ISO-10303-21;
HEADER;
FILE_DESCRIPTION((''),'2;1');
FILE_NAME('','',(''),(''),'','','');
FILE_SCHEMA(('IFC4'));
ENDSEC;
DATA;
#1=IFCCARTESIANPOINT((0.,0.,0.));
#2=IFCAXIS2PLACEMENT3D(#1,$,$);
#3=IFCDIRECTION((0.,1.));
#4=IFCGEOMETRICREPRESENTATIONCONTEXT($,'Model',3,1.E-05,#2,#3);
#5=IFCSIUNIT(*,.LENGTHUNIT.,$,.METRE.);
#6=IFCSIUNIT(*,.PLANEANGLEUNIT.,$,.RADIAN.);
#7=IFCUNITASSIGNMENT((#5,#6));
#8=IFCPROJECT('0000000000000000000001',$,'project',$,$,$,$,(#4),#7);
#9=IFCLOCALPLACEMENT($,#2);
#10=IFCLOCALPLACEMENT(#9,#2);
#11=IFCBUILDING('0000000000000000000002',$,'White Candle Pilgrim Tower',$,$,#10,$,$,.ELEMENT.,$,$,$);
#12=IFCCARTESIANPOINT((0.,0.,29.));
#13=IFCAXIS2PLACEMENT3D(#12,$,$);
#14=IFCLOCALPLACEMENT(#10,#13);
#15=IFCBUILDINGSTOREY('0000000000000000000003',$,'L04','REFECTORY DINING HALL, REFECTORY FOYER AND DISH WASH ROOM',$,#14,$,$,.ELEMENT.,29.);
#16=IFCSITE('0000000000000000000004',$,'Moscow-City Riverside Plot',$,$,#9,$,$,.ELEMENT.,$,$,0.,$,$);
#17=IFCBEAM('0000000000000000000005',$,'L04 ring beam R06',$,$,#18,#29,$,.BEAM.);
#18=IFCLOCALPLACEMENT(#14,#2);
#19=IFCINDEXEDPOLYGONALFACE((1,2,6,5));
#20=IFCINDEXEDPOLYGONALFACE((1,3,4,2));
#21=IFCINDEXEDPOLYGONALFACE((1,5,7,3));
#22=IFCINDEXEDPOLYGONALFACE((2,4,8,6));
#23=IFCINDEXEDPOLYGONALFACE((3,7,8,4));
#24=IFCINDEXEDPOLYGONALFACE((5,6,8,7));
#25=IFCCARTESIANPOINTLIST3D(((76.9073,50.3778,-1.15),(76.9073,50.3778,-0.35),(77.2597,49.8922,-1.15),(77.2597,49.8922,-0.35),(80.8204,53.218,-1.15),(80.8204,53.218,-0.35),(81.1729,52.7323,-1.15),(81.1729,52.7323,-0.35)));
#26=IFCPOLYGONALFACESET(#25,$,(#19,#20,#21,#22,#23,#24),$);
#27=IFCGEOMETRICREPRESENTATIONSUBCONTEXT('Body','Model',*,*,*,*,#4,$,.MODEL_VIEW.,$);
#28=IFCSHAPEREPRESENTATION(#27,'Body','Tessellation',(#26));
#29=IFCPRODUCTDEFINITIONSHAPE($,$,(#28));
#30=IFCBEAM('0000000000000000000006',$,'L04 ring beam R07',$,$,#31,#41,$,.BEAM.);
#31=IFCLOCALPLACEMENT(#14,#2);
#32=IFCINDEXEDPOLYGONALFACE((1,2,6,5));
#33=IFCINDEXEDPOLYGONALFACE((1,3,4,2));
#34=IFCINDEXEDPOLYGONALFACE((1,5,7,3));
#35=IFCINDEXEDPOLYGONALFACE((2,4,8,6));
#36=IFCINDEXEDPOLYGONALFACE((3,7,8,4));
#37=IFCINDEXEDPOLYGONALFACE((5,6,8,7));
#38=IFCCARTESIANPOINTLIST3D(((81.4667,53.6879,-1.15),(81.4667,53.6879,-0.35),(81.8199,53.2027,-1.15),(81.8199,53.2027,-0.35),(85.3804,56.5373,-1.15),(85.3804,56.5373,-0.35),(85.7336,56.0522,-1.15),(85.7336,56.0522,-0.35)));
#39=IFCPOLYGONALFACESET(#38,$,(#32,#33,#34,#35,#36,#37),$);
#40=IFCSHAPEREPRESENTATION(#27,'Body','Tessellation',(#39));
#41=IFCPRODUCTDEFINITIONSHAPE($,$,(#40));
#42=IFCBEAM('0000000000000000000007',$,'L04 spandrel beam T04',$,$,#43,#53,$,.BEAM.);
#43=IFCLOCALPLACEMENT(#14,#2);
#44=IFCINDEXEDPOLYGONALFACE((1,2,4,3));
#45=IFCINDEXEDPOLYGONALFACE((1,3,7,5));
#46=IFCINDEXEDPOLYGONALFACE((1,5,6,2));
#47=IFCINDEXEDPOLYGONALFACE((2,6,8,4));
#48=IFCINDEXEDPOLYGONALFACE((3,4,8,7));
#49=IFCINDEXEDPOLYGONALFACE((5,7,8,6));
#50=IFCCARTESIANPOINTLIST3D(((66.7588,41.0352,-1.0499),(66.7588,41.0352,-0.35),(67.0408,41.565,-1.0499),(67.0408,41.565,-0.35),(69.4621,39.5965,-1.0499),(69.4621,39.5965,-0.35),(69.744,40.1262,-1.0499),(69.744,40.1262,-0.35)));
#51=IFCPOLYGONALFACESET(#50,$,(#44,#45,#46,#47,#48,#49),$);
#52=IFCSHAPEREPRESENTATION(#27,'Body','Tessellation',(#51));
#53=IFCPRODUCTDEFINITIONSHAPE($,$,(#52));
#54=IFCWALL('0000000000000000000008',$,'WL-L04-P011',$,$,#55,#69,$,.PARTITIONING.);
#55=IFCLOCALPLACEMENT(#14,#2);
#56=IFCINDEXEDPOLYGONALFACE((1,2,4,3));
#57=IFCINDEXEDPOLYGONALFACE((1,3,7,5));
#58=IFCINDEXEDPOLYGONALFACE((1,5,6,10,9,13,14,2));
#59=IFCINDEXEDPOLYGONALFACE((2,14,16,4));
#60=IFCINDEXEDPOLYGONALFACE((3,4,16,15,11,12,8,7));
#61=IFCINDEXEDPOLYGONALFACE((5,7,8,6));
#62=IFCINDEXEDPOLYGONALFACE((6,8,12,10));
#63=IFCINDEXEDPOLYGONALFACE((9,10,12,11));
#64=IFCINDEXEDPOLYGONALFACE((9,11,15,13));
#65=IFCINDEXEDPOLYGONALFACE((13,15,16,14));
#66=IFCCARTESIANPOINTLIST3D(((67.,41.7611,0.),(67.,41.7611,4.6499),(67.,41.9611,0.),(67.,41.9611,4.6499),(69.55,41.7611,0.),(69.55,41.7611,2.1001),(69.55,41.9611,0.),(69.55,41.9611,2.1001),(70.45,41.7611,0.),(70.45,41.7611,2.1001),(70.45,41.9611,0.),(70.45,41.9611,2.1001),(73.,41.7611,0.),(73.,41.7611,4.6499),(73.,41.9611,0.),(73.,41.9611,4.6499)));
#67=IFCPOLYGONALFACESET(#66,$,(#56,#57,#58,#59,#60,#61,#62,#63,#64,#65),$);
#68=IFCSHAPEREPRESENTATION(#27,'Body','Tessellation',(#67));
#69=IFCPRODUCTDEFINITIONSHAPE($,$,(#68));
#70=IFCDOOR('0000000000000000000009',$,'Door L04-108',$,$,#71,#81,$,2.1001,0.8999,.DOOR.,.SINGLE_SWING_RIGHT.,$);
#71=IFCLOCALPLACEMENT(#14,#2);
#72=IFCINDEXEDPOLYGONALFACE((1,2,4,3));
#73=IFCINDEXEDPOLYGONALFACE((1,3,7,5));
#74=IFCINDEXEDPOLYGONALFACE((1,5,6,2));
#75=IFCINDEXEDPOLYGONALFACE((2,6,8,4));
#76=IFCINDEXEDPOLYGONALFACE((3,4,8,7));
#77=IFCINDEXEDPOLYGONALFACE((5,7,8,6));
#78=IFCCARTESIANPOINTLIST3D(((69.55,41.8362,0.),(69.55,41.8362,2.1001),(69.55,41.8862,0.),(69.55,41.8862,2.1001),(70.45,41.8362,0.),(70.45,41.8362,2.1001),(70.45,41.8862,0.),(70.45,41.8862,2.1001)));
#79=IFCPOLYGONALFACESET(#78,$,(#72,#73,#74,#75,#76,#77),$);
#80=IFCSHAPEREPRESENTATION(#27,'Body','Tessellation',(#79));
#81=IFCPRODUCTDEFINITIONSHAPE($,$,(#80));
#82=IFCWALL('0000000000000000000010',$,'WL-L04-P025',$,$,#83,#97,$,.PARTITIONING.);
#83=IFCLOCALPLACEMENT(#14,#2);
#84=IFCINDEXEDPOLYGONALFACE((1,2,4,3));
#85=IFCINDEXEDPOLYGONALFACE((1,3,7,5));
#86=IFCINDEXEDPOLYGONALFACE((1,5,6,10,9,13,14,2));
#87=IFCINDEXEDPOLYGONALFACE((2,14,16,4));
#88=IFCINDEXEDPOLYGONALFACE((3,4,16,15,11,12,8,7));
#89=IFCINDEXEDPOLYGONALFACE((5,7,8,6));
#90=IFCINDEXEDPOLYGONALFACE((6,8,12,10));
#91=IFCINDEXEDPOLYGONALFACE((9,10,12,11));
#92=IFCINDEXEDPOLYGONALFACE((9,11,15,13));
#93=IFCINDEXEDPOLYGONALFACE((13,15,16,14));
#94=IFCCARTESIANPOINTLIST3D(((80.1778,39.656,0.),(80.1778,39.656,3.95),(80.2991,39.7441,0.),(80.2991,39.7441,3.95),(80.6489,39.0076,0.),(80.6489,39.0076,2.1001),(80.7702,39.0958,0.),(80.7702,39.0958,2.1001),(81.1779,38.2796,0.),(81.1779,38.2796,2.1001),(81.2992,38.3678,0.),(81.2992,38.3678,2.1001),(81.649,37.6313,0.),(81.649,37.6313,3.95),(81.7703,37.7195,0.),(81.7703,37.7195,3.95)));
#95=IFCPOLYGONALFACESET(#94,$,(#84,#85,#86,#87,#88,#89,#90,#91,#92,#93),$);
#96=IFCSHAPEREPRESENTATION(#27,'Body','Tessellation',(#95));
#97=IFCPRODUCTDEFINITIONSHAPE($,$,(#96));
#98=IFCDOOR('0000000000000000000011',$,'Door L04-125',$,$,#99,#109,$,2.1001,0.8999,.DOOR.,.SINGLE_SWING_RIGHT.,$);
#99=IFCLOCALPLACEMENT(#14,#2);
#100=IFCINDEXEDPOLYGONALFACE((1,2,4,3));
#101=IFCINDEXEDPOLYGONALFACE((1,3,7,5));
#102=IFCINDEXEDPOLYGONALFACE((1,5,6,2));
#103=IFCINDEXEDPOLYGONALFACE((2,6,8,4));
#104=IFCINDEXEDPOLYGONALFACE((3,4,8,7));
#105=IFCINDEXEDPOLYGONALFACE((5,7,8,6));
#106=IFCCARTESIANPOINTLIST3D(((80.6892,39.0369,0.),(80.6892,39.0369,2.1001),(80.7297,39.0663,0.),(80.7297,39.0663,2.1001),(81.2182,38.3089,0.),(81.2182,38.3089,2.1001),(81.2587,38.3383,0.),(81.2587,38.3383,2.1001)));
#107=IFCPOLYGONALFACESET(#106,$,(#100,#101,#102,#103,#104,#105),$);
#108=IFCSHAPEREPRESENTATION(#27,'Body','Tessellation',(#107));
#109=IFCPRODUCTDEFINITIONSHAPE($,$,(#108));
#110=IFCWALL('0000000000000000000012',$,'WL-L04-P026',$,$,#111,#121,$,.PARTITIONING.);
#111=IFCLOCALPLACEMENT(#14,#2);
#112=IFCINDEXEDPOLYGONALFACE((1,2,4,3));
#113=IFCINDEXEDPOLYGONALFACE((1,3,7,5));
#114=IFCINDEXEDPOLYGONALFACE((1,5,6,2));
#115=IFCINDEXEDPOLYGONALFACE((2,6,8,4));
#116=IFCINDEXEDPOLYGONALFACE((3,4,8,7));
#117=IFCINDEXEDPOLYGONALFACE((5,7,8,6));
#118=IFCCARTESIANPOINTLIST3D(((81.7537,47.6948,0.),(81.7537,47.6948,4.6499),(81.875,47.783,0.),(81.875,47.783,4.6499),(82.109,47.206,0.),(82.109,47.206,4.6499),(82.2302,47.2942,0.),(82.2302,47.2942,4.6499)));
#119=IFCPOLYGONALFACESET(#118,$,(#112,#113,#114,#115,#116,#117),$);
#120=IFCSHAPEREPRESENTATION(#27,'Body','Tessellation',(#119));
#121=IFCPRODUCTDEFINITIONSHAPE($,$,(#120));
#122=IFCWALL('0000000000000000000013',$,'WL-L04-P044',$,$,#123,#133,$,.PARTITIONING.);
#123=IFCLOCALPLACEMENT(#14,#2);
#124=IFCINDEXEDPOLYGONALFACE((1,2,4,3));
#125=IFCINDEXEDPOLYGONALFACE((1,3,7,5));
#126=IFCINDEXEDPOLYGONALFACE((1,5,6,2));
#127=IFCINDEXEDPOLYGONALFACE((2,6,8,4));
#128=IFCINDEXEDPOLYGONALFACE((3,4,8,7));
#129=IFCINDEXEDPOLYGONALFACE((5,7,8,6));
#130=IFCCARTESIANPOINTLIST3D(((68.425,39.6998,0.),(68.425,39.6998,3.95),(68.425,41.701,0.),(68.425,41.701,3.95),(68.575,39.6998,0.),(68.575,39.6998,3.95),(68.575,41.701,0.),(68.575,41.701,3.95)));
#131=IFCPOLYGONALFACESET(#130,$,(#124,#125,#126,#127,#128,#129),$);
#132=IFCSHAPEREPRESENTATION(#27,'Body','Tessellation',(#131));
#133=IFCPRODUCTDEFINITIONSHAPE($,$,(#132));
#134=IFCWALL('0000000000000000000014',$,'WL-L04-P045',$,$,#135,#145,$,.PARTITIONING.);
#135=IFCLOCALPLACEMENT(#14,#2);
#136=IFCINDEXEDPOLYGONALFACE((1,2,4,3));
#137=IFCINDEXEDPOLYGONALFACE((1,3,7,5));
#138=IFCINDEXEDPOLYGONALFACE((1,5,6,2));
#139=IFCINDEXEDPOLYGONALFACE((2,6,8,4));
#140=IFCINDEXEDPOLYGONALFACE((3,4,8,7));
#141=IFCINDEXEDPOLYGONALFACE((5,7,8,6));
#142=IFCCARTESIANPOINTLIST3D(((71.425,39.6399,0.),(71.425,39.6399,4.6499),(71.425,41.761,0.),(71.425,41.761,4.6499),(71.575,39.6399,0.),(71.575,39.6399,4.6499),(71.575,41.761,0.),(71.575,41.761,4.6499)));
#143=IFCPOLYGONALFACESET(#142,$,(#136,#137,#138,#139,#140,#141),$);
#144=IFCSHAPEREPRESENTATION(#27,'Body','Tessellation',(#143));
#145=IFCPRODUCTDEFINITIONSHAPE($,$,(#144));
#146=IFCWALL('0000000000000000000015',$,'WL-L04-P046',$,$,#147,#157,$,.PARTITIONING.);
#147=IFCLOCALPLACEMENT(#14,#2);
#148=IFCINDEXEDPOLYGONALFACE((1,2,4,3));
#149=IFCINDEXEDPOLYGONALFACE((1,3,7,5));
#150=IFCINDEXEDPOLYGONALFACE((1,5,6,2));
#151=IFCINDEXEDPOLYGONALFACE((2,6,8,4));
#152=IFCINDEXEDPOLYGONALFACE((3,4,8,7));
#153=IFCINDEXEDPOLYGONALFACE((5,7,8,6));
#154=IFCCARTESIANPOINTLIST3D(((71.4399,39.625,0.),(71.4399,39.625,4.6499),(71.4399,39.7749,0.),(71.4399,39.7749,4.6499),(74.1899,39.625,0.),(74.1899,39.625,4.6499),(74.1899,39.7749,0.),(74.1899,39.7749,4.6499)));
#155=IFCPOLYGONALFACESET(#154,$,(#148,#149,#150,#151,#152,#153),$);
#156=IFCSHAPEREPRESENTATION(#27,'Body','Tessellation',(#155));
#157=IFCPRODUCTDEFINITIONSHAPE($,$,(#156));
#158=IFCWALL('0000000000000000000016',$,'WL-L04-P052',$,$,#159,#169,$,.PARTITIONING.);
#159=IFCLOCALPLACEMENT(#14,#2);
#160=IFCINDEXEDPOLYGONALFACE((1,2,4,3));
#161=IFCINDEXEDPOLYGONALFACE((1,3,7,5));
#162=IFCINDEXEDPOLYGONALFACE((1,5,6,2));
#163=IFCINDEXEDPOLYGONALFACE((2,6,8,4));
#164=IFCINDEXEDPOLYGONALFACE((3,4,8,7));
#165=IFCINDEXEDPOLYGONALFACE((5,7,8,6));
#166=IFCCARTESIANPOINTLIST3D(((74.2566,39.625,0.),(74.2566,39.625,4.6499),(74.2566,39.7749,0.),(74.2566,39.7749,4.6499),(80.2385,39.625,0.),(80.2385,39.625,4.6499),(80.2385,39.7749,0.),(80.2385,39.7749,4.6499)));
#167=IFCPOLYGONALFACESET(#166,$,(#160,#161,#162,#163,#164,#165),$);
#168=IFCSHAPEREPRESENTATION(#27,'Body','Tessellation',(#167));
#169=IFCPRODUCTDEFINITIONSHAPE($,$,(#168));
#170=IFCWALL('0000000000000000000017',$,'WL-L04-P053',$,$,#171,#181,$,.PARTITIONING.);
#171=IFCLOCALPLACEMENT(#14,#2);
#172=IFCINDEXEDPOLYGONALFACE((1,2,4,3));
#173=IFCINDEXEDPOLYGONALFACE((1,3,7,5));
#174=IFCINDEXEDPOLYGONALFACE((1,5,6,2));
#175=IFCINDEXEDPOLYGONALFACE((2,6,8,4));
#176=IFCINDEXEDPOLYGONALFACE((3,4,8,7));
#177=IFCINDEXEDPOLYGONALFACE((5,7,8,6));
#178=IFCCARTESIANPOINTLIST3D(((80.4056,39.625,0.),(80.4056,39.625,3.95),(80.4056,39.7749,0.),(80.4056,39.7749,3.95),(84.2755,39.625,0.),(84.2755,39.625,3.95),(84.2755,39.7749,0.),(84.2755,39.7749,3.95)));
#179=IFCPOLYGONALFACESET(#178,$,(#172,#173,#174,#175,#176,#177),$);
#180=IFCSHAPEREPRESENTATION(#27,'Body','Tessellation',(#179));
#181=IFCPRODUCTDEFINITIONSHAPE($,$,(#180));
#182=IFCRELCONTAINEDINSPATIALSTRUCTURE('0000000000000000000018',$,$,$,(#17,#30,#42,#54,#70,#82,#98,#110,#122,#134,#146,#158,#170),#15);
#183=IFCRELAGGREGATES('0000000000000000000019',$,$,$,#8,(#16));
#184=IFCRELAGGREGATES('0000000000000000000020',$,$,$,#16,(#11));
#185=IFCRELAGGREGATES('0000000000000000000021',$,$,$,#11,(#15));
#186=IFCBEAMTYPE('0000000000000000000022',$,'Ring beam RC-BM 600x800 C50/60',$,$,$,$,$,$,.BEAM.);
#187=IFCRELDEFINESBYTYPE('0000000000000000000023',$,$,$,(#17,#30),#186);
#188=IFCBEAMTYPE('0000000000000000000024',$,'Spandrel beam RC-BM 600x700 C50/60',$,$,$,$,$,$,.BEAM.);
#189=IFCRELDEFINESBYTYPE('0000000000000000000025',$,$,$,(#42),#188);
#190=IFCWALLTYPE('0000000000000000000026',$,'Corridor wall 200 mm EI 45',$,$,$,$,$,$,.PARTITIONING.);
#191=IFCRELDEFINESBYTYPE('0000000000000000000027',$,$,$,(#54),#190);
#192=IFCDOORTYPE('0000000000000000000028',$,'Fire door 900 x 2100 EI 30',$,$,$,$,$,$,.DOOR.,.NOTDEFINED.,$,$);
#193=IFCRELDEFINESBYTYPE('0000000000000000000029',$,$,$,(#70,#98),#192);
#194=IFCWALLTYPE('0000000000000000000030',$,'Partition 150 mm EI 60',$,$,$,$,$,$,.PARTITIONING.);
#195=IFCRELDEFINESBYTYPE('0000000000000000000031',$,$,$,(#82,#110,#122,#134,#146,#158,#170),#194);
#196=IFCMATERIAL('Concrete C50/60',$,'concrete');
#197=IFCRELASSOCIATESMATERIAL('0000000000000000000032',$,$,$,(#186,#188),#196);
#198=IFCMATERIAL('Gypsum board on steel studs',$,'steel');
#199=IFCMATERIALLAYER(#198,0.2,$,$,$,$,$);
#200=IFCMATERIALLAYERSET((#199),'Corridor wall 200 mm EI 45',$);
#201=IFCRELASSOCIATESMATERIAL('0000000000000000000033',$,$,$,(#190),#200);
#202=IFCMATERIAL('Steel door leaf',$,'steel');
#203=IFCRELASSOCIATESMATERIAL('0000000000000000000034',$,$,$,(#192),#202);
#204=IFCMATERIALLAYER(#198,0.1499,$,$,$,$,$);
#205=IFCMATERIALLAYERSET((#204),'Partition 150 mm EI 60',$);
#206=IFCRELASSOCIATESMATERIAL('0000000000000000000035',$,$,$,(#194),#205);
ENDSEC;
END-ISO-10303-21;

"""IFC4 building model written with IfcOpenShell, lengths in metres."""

from ifc_helpers import new_model, si_unit, direction, frame, frame_2d, origin, origin_2d, place, context, subcontext, project, spatial, rectangle, extrude, material, layer, layer_set, material_profile, profile_set, type_object, element, fill, save


model = new_model("IFC4")

# Units and contexts
model_context = context("Model", 3, precision=1e-05, world=origin(), true_north=direction((0.0, 1.0)))
body_context = subcontext(model_context, "Body", "Model", "MODEL_VIEW")
ifc_project = project(units=[si_unit("LENGTHUNIT", "METRE"), si_unit("PLANEANGLEUNIT", "RADIAN")], contexts=[model_context])

# Site, building, storey
site_placement = place(None, origin())
site = spatial("IfcSite", under=ifc_project, at=site_placement, Name="Moscow-City Riverside Plot", CompositionType="ELEMENT", RefElevation=0.0)
building_placement = place(site_placement, origin())
building = spatial("IfcBuilding", under=site, at=building_placement, Name="White Candle Pilgrim Tower", CompositionType="ELEMENT")
storey_placement = place(building_placement, frame((0.0, 0.0, 29.0)))
storey = spatial("IfcBuildingStorey", under=building, at=storey_placement, Name="L04", Description="REFECTORY DINING HALL, REFECTORY FOYER AND DISH WASH ROOM", CompositionType="ELEMENT", Elevation=29.0)

# Beams
ifc_material_1 = material(Name="Concrete C50/60", Category="concrete")
ifc_material_profile_1 = material_profile(ifc_material_1, rectangle(XDim=0.6001, YDim=0.8, at=origin_2d()), Name="RC-BM 600x800")
ifc_profile_set_1 = profile_set([ifc_material_profile_1], Name="Concrete C50/60")
beam_type_1 = type_object("IfcBeamType", Name="Ring beam RC-BM 600x800 C50/60", PredefinedType="BEAM", material=ifc_profile_set_1)
beam_1_placement = place(storey_placement, frame((77.0835, 50.135, -0.75), z_axis=(0.809306, 0.587388, 0.0), x_axis=(-0.587388, 0.809306, 0.0)))
element("IfcBeam", 1, at=beam_1_placement, inside=storey, type_object=beam_type_1, Name="L04 ring beam R06", PredefinedType="BEAM", context=body_context, shape_type="SweptSolid", body=[
    extrude(rectangle(XDim=0.6001, YDim=0.8, at=origin_2d()), origin(), (0.0, 0.0, 1.0), 4.8352),
])
beam_2_placement = place(storey_placement, frame((81.6433, 53.4453, -0.75), z_axis=(0.808428, 0.588594, 0.0), x_axis=(-0.588594, 0.808428, 0.0)))
element("IfcBeam", 2, at=beam_2_placement, inside=storey, type_object=beam_type_1, Name="L04 ring beam R07", PredefinedType="BEAM", context=body_context, shape_type="SweptSolid", body=[
    extrude(rectangle(XDim=0.6001, YDim=0.8, at=origin_2d()), origin(), (0.0, 0.0, 1.0), 4.8411),
])
ifc_material_profile_2 = material_profile(ifc_material_1, rectangle(XDim=0.6001, YDim=0.7, at=origin_2d()), Name="RC-BM 600x700")
ifc_profile_set_2 = profile_set([ifc_material_profile_2], Name="Concrete C50/60")
beam_type_2 = type_object("IfcBeamType", Name="Spandrel beam RC-BM 600x700 C50/60", PredefinedType="BEAM", material=ifc_profile_set_2)
beam_3_placement = place(storey_placement, frame((69.603, 39.8613, -0.7), z_axis=(-0.882752, 0.469839, 0.0), x_axis=(-0.469839, -0.882752, 0.0)))
element("IfcBeam", 3, at=beam_3_placement, inside=storey, type_object=beam_type_2, Name="L04 spandrel beam T04", PredefinedType="BEAM", context=body_context, shape_type="SweptSolid", body=[
    extrude(rectangle(XDim=0.6001, YDim=0.7, at=origin_2d()), origin(), (0.0, 0.0, 1.0), 3.0623),
])

# Walls, openings, doors
ifc_material_2 = material(Name="Gypsum board on steel studs", Category="steel")
ifc_layer_1 = layer(ifc_material_2, 0.2)
ifc_layer_set_1 = layer_set([ifc_layer_1], Name="Corridor wall 200 mm EI 45")
wall_type_1 = type_object("IfcWallType", Name="Corridor wall 200 mm EI 45", PredefinedType="PARTITIONING", material=ifc_layer_set_1)
wall_1_placement = place(storey_placement, frame((73.0, 41.8611, 0.0), z_axis=(0.0, 0.0, 1.0), x_axis=(-1.0, 0.0, 0.0)))
wall_1 = element("IfcWall", 4, at=wall_1_placement, inside=storey, type_object=wall_type_1, Name="WL-L04-P011", PredefinedType="PARTITIONING", context=body_context, shape_type="SweptSolid", body=[
    extrude(rectangle(XDim=6.0, YDim=0.2, at=frame_2d((3.0, 0.0))), origin(), (0.0, 0.0, 1.0), 4.6499),
])
opening_1_placement = place(wall_1_placement, frame((2.55, 0.0, 0.0)))
opening_1 = element("IfcOpeningElement", 5, at=opening_1_placement, cuts=wall_1, PredefinedType="OPENING", context=body_context, shape_type="SweptSolid", body=[
    extrude(rectangle(XDim=0.8999, YDim=2.1001, at=frame_2d((0.45, 1.05))), frame((0.0, 0.1099, 0.0), z_axis=(0.0, -1.0, 0.0), x_axis=(1.0, 0.0, 0.0)), (0.0, 0.0, 1.0), 0.22),
])
ifc_material_3 = material(Name="Steel door leaf", Category="steel")
door_type_1 = type_object("IfcDoorType", Name="Fire door 900 x 2100 EI 30", OperationType="NOTDEFINED", PredefinedType="DOOR", material=ifc_material_3)
door_1_placement = place(opening_1_placement, origin())
door_1 = element("IfcDoor", 6, at=door_1_placement, inside=storey, type_object=door_type_1, Name="Door L04-108", OperationType="SINGLE_SWING_RIGHT", OverallHeight=2.1001, OverallWidth=0.8999, PredefinedType="DOOR", context=body_context, shape_type="SweptSolid", body=[
    extrude(rectangle(XDim=0.8999, YDim=2.1001, at=frame_2d((0.45, 1.05))), frame((0.0, 0.0249, 0.0), z_axis=(0.0, -1.0, 0.0), x_axis=(1.0, 0.0, 0.0)), (0.0, 0.0, 1.0), 0.05),
])
fill(opening_1, door_1)
ifc_layer_2 = layer(ifc_material_2, 0.1499)
ifc_layer_set_2 = layer_set([ifc_layer_2], Name="Partition 150 mm EI 60")
wall_type_2 = type_object("IfcWallType", Name="Partition 150 mm EI 60", PredefinedType="PARTITIONING", material=ifc_layer_set_2)
wall_2_placement = place(storey_placement, frame((81.7097, 37.6753, 0.0), z_axis=(0.0, 0.0, 1.0), x_axis=(-0.587835, 0.808981, 0.0)))
wall_2 = element("IfcWall", 7, at=wall_2_placement, inside=storey, type_object=wall_type_2, Name="WL-L04-P025", PredefinedType="PARTITIONING", context=body_context, shape_type="SweptSolid", body=[
    extrude(rectangle(XDim=2.5027, YDim=0.1499, at=frame_2d((1.2515, 0.0))), origin(), (0.0, 0.0, 1.0), 3.95),
])
opening_2_placement = place(wall_2_placement, frame((0.8015, 0.0, 0.0)))
opening_2 = element("IfcOpeningElement", 8, at=opening_2_placement, cuts=wall_2, PredefinedType="OPENING", context=body_context, shape_type="SweptSolid", body=[
    extrude(rectangle(XDim=0.8999, YDim=2.1001, at=frame_2d((0.45, 1.05))), frame((0.0, 0.085, 0.0), z_axis=(0.0, -1.0, 0.0), x_axis=(1.0, 0.0, 0.0)), (0.0, 0.0, 1.0), 0.1699),
])
door_2_placement = place(opening_2_placement, frame((0.8999, 0.0, 0.0), z_axis=(0.0, 0.0, 1.0), x_axis=(-1.0, 0.0, 0.0)))
door_2 = element("IfcDoor", 9, at=door_2_placement, inside=storey, type_object=door_type_1, Name="Door L04-125", OperationType="SINGLE_SWING_RIGHT", OverallHeight=2.1001, OverallWidth=0.8999, PredefinedType="DOOR", context=body_context, shape_type="SweptSolid", body=[
    extrude(rectangle(XDim=0.8999, YDim=2.1001, at=frame_2d((0.45, 1.05))), frame((0.0, 0.0249, 0.0), z_axis=(0.0, -1.0, 0.0), x_axis=(1.0, 0.0, 0.0)), (0.0, 0.0, 1.0), 0.05),
])
fill(opening_2, door_2)

# Walls
wall_3_placement = place(storey_placement, frame((82.1697, 47.25, 0.0), z_axis=(0.0, 0.0, 1.0), x_axis=(-0.587907, 0.808928, 0.0)))
element("IfcWall", 10, at=wall_3_placement, inside=storey, type_object=wall_type_2, Name="WL-L04-P026", PredefinedType="PARTITIONING", context=body_context, shape_type="SweptSolid", body=[
    extrude(rectangle(XDim=0.6042, YDim=0.1499, at=frame_2d((0.3022, 0.0))), origin(), (0.0, 0.0, 1.0), 4.6499),
])
wall_4_placement = place(storey_placement, frame((68.5, 39.7, 0.0), z_axis=(0.0, 0.0, 1.0), x_axis=(0.0, 1.0, 0.0)))
element("IfcWall", 11, at=wall_4_placement, inside=storey, type_object=wall_type_2, Name="WL-L04-P044", PredefinedType="PARTITIONING", context=body_context, shape_type="SweptSolid", body=[
    extrude(rectangle(XDim=2.0012, YDim=0.1499, at=frame_2d((1.0005, 0.0))), origin(), (0.0, 0.0, 1.0), 3.95),
])
wall_5_placement = place(storey_placement, frame((71.5, 41.761, 0.0), z_axis=(0.0, 0.0, 1.0), x_axis=(0.0, -1.0, 0.0)))
element("IfcWall", 12, at=wall_5_placement, inside=storey, type_object=wall_type_2, Name="WL-L04-P045", PredefinedType="PARTITIONING", context=body_context, shape_type="SweptSolid", body=[
    extrude(rectangle(XDim=2.1211, YDim=0.1499, at=frame_2d((1.0605, 0.0))), origin(), (0.0, 0.0, 1.0), 4.6499),
])
wall_6_placement = place(storey_placement, frame((71.4399, 39.7, 0.0), z_axis=(0.0, 0.0, 1.0), x_axis=(1.0, 0.0, 0.0)))
element("IfcWall", 13, at=wall_6_placement, inside=storey, type_object=wall_type_2, Name="WL-L04-P046", PredefinedType="PARTITIONING", context=body_context, shape_type="SweptSolid", body=[
    extrude(rectangle(XDim=2.75, YDim=0.1499, at=frame_2d((1.375, 0.0))), origin(), (0.0, 0.0, 1.0), 4.6499),
])
wall_7_placement = place(storey_placement, frame((74.2566, 39.7, 0.0), z_axis=(0.0, 0.0, 1.0), x_axis=(1.0, 0.0, 0.0)))
element("IfcWall", 14, at=wall_7_placement, inside=storey, type_object=wall_type_2, Name="WL-L04-P052", PredefinedType="PARTITIONING", context=body_context, shape_type="SweptSolid", body=[
    extrude(rectangle(XDim=5.9819, YDim=0.1499, at=frame_2d((2.991, 0.0))), origin(), (0.0, 0.0, 1.0), 4.6499),
])
wall_8_placement = place(storey_placement, frame((80.4055, 39.7, 0.0), z_axis=(0.0, 0.0, 1.0), x_axis=(1.0, 0.0, 0.0)))
element("IfcWall", 15, at=wall_8_placement, inside=storey, type_object=wall_type_2, Name="WL-L04-P053", PredefinedType="PARTITIONING", context=body_context, shape_type="SweptSolid", body=[
    extrude(rectangle(XDim=3.8699, YDim=0.1499, at=frame_2d((1.9351, 0.0))), origin(), (0.0, 0.0, 1.0), 3.95),
])

save(model, "model.ifc")
